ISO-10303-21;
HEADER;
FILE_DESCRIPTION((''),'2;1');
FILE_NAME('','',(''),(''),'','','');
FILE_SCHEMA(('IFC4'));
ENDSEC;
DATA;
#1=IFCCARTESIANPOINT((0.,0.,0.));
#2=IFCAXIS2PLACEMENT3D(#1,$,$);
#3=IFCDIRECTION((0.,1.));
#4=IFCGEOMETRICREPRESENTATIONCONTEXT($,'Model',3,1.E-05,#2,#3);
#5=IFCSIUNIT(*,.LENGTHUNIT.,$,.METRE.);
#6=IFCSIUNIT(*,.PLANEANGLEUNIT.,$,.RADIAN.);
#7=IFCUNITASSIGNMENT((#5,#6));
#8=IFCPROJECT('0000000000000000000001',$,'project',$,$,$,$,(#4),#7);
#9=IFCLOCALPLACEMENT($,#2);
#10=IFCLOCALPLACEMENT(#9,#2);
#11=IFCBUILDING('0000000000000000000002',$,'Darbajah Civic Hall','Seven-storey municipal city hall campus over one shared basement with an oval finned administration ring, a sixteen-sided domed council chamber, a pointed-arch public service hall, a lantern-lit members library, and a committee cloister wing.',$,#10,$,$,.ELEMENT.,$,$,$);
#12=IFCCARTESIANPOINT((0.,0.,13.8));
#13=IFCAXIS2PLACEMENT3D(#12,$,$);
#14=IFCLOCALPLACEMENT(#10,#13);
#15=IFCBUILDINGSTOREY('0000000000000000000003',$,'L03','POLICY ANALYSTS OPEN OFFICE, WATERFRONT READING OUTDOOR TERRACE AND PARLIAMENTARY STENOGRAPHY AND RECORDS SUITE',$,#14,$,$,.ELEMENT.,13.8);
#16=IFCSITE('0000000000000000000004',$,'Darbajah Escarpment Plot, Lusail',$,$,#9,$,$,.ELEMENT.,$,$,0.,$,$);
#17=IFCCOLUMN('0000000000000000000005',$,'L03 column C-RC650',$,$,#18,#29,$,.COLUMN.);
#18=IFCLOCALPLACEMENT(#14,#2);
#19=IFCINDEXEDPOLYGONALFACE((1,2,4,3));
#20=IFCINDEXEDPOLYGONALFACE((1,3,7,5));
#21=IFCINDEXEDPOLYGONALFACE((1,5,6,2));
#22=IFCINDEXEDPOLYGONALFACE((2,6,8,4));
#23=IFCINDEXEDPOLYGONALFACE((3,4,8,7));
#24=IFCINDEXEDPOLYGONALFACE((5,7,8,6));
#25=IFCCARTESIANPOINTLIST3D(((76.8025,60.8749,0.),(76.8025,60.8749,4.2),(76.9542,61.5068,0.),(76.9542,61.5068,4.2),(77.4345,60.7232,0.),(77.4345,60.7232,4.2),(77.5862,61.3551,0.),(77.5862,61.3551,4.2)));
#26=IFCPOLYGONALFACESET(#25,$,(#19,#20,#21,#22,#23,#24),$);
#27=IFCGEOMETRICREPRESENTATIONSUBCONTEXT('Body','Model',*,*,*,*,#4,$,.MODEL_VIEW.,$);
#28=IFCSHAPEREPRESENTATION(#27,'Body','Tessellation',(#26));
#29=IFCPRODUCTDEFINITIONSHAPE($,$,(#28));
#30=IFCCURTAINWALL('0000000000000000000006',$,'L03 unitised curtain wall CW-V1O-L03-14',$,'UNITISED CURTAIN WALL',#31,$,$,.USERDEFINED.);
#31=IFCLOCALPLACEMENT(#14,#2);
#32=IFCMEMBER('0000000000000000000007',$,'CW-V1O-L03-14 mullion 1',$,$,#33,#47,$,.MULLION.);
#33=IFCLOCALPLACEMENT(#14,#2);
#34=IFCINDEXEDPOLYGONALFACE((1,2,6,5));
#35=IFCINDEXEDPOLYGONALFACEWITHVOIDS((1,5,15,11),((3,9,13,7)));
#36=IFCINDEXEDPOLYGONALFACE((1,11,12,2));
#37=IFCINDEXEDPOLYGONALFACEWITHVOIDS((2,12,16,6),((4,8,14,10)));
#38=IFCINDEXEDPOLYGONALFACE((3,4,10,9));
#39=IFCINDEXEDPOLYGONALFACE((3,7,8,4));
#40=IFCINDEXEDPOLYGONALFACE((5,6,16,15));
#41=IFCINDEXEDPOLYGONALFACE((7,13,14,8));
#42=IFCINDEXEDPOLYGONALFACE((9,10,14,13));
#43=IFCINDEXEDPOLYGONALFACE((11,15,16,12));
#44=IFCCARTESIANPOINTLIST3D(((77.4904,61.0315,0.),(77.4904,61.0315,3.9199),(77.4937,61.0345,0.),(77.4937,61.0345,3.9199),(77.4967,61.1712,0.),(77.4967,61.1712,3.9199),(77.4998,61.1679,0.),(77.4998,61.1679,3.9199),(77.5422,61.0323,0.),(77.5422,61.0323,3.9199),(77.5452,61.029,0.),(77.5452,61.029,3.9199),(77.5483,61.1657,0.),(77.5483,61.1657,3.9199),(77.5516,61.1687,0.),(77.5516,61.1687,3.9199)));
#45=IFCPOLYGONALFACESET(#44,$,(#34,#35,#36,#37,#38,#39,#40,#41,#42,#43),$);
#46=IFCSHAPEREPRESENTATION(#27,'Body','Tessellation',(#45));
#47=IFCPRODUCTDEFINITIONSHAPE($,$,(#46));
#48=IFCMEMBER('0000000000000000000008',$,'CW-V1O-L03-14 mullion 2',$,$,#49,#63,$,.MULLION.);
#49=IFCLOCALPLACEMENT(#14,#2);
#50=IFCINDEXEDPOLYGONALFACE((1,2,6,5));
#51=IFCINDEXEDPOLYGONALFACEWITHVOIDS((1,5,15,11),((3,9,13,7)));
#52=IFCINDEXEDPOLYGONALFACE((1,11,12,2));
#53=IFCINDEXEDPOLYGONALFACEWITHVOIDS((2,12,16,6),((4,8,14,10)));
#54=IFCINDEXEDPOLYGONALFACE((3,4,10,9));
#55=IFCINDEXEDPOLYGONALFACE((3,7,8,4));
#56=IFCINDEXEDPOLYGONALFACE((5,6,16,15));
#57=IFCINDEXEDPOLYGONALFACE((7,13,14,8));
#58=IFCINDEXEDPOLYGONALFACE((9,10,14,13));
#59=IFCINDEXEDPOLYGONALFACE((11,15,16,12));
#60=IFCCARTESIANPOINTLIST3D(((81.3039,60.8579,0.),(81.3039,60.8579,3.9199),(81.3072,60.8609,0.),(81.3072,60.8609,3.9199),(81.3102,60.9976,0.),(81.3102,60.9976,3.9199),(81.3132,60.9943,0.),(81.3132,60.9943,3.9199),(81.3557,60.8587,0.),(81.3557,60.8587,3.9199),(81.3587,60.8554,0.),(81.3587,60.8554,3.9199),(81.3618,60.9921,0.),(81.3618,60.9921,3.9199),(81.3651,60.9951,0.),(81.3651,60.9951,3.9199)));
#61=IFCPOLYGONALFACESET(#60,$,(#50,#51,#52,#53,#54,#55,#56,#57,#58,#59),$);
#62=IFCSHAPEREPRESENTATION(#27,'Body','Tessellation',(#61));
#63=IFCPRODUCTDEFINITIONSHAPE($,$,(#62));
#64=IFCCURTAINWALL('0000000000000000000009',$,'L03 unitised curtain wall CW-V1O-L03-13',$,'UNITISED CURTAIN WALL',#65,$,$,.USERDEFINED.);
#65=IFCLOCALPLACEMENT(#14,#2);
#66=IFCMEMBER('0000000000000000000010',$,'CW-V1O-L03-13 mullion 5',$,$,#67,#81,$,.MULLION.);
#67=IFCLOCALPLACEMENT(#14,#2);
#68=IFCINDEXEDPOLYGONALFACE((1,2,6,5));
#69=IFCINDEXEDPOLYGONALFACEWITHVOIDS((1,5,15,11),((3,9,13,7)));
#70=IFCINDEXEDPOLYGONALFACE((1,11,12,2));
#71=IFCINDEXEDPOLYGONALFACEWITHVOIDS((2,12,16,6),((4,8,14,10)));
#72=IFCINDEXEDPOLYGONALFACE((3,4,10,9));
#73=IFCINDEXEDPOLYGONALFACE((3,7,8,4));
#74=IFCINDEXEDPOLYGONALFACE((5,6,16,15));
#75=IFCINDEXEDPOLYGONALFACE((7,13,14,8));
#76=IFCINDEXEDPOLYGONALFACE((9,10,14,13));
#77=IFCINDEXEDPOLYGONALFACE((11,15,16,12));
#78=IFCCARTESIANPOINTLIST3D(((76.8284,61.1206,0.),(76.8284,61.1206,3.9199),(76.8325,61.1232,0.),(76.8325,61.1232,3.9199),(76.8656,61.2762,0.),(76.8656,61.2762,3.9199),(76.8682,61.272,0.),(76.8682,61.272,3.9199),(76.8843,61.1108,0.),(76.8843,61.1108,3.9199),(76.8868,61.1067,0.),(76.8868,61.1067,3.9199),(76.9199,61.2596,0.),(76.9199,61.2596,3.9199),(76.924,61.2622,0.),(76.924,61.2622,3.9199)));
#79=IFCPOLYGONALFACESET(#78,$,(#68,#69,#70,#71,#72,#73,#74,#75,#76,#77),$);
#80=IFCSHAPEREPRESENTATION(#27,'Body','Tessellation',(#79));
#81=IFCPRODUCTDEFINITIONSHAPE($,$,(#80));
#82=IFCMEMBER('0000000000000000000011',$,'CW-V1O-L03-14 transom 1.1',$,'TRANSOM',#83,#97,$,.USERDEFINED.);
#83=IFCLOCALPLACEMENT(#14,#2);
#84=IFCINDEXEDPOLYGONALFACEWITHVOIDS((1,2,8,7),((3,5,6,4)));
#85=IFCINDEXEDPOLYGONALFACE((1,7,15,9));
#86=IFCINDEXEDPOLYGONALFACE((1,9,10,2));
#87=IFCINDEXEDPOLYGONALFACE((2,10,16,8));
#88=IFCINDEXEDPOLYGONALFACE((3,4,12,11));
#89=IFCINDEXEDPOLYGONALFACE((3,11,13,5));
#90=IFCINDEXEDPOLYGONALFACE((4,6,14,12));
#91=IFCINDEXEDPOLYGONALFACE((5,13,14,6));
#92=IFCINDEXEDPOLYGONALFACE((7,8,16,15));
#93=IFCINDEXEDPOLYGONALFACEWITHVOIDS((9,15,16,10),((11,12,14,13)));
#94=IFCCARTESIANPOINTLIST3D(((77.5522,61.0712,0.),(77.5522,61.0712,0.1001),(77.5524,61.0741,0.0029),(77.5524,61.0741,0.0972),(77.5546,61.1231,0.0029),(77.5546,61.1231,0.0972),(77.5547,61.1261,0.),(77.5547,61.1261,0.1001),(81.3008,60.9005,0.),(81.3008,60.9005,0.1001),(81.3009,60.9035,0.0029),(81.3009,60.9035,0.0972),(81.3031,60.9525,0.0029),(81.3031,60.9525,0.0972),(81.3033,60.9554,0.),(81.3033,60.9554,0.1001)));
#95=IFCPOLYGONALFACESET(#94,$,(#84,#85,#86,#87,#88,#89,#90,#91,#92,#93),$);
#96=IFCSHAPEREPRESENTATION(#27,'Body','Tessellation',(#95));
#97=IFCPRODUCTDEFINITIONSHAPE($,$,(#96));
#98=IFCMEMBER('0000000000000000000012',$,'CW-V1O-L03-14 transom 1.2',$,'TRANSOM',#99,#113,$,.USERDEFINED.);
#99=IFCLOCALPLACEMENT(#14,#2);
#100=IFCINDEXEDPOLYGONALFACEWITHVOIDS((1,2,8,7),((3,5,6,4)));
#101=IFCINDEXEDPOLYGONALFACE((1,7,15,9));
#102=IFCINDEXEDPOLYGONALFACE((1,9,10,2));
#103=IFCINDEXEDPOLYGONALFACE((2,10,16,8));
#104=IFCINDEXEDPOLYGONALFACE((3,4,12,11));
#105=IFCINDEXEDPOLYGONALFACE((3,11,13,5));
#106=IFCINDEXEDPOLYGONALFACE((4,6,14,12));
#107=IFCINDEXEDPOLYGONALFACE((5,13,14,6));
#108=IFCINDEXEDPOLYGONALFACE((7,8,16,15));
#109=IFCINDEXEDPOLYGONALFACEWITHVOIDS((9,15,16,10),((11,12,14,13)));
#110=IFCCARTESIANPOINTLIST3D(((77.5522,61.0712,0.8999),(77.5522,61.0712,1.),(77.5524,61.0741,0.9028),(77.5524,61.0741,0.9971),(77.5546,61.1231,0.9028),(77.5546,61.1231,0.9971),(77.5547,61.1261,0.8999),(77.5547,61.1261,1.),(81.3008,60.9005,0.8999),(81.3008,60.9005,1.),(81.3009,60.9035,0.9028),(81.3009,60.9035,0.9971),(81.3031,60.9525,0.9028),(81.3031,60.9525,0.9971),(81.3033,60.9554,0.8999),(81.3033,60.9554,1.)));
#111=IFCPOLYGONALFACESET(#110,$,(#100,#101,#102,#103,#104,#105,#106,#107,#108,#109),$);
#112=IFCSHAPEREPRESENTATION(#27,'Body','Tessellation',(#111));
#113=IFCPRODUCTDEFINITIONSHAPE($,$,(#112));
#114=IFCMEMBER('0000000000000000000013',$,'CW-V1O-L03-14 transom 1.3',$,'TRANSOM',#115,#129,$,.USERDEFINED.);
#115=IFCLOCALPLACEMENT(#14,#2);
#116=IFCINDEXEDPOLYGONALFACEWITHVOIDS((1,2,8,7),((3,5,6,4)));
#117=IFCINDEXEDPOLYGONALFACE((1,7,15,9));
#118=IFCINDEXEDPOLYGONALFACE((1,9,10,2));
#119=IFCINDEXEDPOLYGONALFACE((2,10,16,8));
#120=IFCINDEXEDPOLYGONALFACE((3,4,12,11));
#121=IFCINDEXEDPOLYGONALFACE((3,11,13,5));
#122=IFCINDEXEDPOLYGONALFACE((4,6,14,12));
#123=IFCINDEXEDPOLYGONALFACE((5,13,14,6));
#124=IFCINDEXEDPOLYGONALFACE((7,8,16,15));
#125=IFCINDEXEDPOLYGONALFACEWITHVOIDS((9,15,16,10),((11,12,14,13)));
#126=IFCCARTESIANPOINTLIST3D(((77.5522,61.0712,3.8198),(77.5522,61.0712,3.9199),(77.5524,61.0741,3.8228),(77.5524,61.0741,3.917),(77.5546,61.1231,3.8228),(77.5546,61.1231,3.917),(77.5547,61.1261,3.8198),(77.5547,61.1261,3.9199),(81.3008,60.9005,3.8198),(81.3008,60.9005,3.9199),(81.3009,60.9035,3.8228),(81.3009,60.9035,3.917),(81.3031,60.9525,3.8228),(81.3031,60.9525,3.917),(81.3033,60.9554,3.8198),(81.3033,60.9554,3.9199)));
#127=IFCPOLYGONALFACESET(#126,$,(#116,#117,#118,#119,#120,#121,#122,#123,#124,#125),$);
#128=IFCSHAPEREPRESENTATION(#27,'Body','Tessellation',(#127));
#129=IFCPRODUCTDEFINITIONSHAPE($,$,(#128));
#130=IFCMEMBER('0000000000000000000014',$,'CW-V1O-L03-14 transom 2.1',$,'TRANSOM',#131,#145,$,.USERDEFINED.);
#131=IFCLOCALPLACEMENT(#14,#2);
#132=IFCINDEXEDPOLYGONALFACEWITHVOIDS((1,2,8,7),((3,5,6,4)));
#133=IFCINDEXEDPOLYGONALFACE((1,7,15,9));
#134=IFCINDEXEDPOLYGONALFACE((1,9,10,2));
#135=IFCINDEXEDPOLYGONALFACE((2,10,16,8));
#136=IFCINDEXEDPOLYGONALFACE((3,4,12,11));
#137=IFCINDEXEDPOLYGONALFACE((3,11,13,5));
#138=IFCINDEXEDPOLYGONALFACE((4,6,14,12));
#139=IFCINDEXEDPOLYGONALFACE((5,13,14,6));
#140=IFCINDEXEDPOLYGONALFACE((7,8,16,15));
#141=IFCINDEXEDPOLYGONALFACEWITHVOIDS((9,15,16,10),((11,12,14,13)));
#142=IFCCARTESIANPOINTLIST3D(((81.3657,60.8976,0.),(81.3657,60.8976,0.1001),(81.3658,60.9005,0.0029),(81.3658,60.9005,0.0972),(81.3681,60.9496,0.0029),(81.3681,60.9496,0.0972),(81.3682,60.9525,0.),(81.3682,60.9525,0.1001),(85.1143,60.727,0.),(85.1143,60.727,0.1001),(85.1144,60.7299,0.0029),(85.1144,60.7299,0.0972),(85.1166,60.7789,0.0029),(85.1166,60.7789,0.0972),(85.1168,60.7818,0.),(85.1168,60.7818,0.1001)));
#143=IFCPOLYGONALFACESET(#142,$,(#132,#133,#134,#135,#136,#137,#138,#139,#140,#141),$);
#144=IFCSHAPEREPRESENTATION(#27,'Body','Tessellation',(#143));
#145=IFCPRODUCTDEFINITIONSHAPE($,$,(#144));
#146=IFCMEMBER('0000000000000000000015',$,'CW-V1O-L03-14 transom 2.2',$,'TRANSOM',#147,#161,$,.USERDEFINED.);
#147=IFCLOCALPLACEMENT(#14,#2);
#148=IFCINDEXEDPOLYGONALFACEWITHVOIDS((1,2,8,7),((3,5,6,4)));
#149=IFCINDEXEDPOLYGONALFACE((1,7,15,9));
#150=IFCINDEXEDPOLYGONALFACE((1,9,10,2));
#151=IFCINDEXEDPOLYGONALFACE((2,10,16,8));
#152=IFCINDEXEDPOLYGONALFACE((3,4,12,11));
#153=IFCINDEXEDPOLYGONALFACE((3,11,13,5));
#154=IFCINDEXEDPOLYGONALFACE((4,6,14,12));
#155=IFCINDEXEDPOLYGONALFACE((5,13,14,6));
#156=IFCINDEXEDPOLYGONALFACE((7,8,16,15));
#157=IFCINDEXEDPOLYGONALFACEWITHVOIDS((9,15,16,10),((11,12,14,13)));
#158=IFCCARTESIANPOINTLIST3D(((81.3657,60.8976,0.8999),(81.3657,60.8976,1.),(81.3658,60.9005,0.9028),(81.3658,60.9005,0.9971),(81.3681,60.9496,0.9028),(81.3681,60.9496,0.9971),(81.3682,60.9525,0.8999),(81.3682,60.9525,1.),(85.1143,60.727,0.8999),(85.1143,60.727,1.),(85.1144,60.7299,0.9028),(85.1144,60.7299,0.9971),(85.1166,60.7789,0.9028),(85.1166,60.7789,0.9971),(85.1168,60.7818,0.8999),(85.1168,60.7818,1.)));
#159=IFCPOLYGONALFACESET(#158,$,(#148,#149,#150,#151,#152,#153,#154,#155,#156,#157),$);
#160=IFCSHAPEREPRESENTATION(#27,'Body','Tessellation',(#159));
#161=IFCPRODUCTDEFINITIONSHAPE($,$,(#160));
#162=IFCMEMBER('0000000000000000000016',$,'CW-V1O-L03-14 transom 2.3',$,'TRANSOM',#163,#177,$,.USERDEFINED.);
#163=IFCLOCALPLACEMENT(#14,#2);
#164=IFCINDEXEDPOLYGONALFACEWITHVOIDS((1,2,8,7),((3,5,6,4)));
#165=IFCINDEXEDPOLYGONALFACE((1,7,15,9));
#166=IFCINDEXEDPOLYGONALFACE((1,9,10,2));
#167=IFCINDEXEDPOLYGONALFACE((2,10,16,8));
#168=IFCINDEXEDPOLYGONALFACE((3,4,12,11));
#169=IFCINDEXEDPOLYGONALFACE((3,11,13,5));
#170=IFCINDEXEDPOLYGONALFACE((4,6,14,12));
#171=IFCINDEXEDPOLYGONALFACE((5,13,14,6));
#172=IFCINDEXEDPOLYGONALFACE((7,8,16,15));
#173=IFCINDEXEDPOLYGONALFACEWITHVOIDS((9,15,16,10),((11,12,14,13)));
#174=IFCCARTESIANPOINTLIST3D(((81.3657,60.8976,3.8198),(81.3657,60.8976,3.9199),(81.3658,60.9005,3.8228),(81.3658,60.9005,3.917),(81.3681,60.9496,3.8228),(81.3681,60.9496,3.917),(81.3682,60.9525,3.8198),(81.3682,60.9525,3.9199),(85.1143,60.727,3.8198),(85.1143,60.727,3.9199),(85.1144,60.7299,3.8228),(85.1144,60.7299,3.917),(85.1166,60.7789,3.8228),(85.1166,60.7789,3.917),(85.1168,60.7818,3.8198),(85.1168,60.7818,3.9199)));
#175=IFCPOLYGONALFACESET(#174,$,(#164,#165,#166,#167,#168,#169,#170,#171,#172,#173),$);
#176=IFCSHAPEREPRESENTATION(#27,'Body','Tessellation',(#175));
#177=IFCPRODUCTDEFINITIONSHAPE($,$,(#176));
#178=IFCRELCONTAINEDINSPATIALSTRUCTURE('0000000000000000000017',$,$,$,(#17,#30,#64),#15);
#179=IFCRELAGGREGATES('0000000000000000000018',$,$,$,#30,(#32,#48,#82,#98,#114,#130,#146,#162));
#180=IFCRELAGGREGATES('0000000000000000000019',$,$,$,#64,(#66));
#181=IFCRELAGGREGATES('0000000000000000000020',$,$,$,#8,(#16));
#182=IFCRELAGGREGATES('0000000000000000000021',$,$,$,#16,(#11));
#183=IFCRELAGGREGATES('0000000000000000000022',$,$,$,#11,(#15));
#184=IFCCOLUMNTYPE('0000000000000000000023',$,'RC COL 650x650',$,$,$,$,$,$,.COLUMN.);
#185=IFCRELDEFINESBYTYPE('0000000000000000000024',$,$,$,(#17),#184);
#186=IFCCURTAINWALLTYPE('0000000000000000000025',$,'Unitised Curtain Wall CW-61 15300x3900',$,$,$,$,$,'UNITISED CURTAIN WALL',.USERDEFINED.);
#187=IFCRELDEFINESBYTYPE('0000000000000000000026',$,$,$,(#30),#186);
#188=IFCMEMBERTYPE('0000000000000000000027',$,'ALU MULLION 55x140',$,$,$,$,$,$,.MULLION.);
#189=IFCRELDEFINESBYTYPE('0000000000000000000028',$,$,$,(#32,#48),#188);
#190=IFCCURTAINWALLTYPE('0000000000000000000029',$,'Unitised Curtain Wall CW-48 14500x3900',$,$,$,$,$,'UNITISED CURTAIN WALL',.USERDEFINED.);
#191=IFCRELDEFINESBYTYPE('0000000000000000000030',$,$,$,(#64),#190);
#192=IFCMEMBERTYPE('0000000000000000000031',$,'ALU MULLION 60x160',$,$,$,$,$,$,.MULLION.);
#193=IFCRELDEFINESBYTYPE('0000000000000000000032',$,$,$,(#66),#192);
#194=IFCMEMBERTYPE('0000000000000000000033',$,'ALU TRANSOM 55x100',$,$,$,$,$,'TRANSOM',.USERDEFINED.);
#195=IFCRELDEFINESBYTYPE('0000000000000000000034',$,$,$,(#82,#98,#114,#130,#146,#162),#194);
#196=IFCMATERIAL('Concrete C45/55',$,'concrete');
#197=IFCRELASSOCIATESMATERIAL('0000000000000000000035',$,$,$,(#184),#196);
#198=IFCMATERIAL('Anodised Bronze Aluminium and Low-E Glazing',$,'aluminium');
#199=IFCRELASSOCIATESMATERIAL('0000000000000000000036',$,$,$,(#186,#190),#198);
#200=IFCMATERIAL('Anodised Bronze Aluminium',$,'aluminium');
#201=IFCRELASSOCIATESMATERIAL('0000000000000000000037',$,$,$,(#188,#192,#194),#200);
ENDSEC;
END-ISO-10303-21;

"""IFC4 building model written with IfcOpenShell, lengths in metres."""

from ifc_helpers import new_model, si_unit, direction, frame, origin, origin_2d, place, context, subcontext, project, spatial, rectangle, hollow_rectangle, extrude, material, material_profile, profile_set, type_object, element, aggregate, save


model = new_model("IFC4")

# Units and contexts
model_context = context("Model", 3, precision=1e-05, world=origin(), true_north=direction((0.0, 1.0)))
body_context = subcontext(model_context, "Body", "Model", "MODEL_VIEW")
ifc_project = project(units=[si_unit("LENGTHUNIT", "METRE"), si_unit("PLANEANGLEUNIT", "RADIAN")], contexts=[model_context])

# Site, building, storey
site_placement = place(None, origin())
site = spatial("IfcSite", under=ifc_project, at=site_placement, Name="Darbajah Escarpment Plot, Lusail", CompositionType="ELEMENT", RefElevation=0.0)
building_placement = place(site_placement, origin())
building = spatial("IfcBuilding", under=site, at=building_placement, Name="Darbajah Civic Hall", Description="Seven-storey municipal city hall campus over one shared basement with an oval finned administration ring, a sixteen-sided domed council chamber, a pointed-arch public service hall, a lantern-lit members library, and a committee cloister wing.", CompositionType="ELEMENT")
storey_placement = place(building_placement, frame((0.0, 0.0, 13.8)))
storey = spatial("IfcBuildingStorey", under=building, at=storey_placement, Name="L03", Description="POLICY ANALYSTS OPEN OFFICE, WATERFRONT READING OUTDOOR TERRACE AND PARLIAMENTARY STENOGRAPHY AND RECORDS SUITE", CompositionType="ELEMENT", Elevation=13.8)

# Column
ifc_material_1 = material(Name="Concrete C45/55", Category="concrete")
ifc_material_profile_1 = material_profile(ifc_material_1, rectangle(XDim=0.6499, YDim=0.6499, at=origin_2d()), Name="RC COL 650x650")
ifc_profile_set_1 = profile_set([ifc_material_profile_1], Name="Concrete C45/55")
column_type = type_object("IfcColumnType", Name="RC COL 650x650", PredefinedType="COLUMN", material=ifc_profile_set_1)
column_placement = place(storey_placement, frame((77.1943, 61.115, 0.0), z_axis=(0.0, 0.0, 1.0), x_axis=(-0.233445, -0.97237, 0.0)))
element("IfcColumn", 1, at=column_placement, inside=storey, type_object=column_type, Name="L03 column C-RC650", PredefinedType="COLUMN", context=body_context, shape_type="SweptSolid", body=[
    extrude(rectangle(XDim=0.6499, YDim=0.6499, at=origin_2d()), origin(), (0.0, 0.0, 1.0), 4.2),
])

# Curtain wall, members
ifc_material_2 = material(Name="Anodised Bronze Aluminium and Low-E Glazing", Category="aluminium")
curtain_wall_type_1 = type_object("IfcCurtainWallType", Name="Unitised Curtain Wall CW-61 15300x3900", ElementType="UNITISED CURTAIN WALL", PredefinedType="USERDEFINED", material=ifc_material_2)
curtain_wall_1_placement = place(storey_placement, origin())
curtain_wall_1 = element("IfcCurtainWall", 2, at=curtain_wall_1_placement, inside=storey, type_object=curtain_wall_type_1, Name="L03 unitised curtain wall CW-V1O-L03-14", ObjectType="UNITISED CURTAIN WALL", PredefinedType="USERDEFINED")
ifc_material_3 = material(Name="Anodised Bronze Aluminium", Category="aluminium")
ifc_material_profile_2 = material_profile(ifc_material_3, hollow_rectangle(XDim=0.0549, YDim=0.1399, WallThickness=0.0032, at=origin_2d()), Name="ALU MULLION 55x140")
ifc_profile_set_2 = profile_set([ifc_material_profile_2], Name="Anodised Bronze Aluminium")
member_type_1 = type_object("IfcMemberType", Name="ALU MULLION 55x140", PredefinedType="MULLION", material=ifc_profile_set_2)
member_1_placement = place(storey_placement, frame((77.521, 61.1001, 0.0), z_axis=(0.0, 0.0, 1.0), x_axis=(0.998963, -0.045537, 0.0)))
member_1 = element("IfcMember", 3, at=member_1_placement, type_object=member_type_1, Name="CW-V1O-L03-14 mullion 1", PredefinedType="MULLION", context=body_context, shape_type="SweptSolid", body=[
    extrude(hollow_rectangle(XDim=0.0549, YDim=0.1399, WallThickness=0.0032, at=origin_2d()), origin(), (0.0, 0.0, 1.0), 3.9199),
])
member_2_placement = place(storey_placement, frame((81.3345, 60.9265, 0.0), z_axis=(0.0, 0.0, 1.0), x_axis=(0.998963, -0.045537, 0.0)))
member_2 = element("IfcMember", 4, at=member_2_placement, type_object=member_type_1, Name="CW-V1O-L03-14 mullion 2", PredefinedType="MULLION", context=body_context, shape_type="SweptSolid", body=[
    extrude(hollow_rectangle(XDim=0.0549, YDim=0.1399, WallThickness=0.0032, at=origin_2d()), origin(), (0.0, 0.0, 1.0), 3.9199),
])

# Curtain wall, member
curtain_wall_type_2 = type_object("IfcCurtainWallType", Name="Unitised Curtain Wall CW-48 14500x3900", ElementType="UNITISED CURTAIN WALL", PredefinedType="USERDEFINED", material=ifc_material_2)
curtain_wall_2_placement = place(storey_placement, origin())
curtain_wall_2 = element("IfcCurtainWall", 5, at=curtain_wall_2_placement, inside=storey, type_object=curtain_wall_type_2, Name="L03 unitised curtain wall CW-V1O-L03-13", ObjectType="UNITISED CURTAIN WALL", PredefinedType="USERDEFINED")
ifc_material_profile_3 = material_profile(ifc_material_3, hollow_rectangle(XDim=0.0601, YDim=0.1599, WallThickness=0.0034, at=origin_2d()), Name="ALU MULLION 60x160")
ifc_profile_set_3 = profile_set([ifc_material_profile_3], Name="Anodised Bronze Aluminium")
member_type_2 = type_object("IfcMemberType", Name="ALU MULLION 60x160", PredefinedType="MULLION", material=ifc_profile_set_3)
member_3_placement = place(storey_placement, frame((76.8762, 61.1914, 0.0), z_axis=(0.0, 0.0, 1.0), x_axis=(0.972492, -0.232936, 0.0)))
member_3 = element("IfcMember", 6, at=member_3_placement, type_object=member_type_2, Name="CW-V1O-L03-13 mullion 5", PredefinedType="MULLION", context=body_context, shape_type="SweptSolid", body=[
    extrude(hollow_rectangle(XDim=0.0601, YDim=0.1599, WallThickness=0.0034, at=origin_2d()), origin(), (0.0, 0.0, 1.0), 3.9199),
])

# Members
ifc_material_profile_4 = material_profile(ifc_material_3, hollow_rectangle(XDim=0.0549, YDim=0.1001, WallThickness=0.0029, at=origin_2d()), Name="ALU TRANSOM 55x100")
ifc_profile_set_4 = profile_set([ifc_material_profile_4], Name="Anodised Bronze Aluminium")
member_type_3 = type_object("IfcMemberType", Name="ALU TRANSOM 55x100", ElementType="TRANSOM", PredefinedType="USERDEFINED", material=ifc_profile_set_4)
member_4_placement = place(storey_placement, frame((77.5535, 61.0986, 0.05), z_axis=(0.998965, -0.045478, 0.0), x_axis=(0.045478, 0.998965, 0.0)))
member_4 = element("IfcMember", 7, at=member_4_placement, type_object=member_type_3, Name="CW-V1O-L03-14 transom 1.1", ObjectType="TRANSOM", PredefinedType="USERDEFINED", context=body_context, shape_type="SweptSolid", body=[
    extrude(hollow_rectangle(XDim=0.0549, YDim=0.1001, WallThickness=0.0029, at=origin_2d()), origin(), (0.0, 0.0, 1.0), 3.7524),
])
member_5_placement = place(storey_placement, frame((77.5535, 61.0986, 0.95), z_axis=(0.998965, -0.045478, 0.0), x_axis=(0.045478, 0.998965, 0.0)))
member_5 = element("IfcMember", 8, at=member_5_placement, type_object=member_type_3, Name="CW-V1O-L03-14 transom 1.2", ObjectType="TRANSOM", PredefinedType="USERDEFINED", context=body_context, shape_type="SweptSolid", body=[
    extrude(hollow_rectangle(XDim=0.0549, YDim=0.1001, WallThickness=0.0029, at=origin_2d()), origin(), (0.0, 0.0, 1.0), 3.7524),
])
member_6_placement = place(storey_placement, frame((77.5535, 61.0986, 3.8699), z_axis=(0.998965, -0.045478, 0.0), x_axis=(0.045478, 0.998965, 0.0)))
member_6 = element("IfcMember", 9, at=member_6_placement, type_object=member_type_3, Name="CW-V1O-L03-14 transom 1.3", ObjectType="TRANSOM", PredefinedType="USERDEFINED", context=body_context, shape_type="SweptSolid", body=[
    extrude(hollow_rectangle(XDim=0.0549, YDim=0.1001, WallThickness=0.0029, at=origin_2d()), origin(), (0.0, 0.0, 1.0), 3.7524),
])
member_7_placement = place(storey_placement, frame((81.3669, 60.925, 0.05), z_axis=(0.998965, -0.045478, 0.0), x_axis=(0.045478, 0.998965, 0.0)))
member_7 = element("IfcMember", 10, at=member_7_placement, type_object=member_type_3, Name="CW-V1O-L03-14 transom 2.1", ObjectType="TRANSOM", PredefinedType="USERDEFINED", context=body_context, shape_type="SweptSolid", body=[
    extrude(hollow_rectangle(XDim=0.0549, YDim=0.1001, WallThickness=0.0029, at=origin_2d()), origin(), (0.0, 0.0, 1.0), 3.7524),
])
member_8_placement = place(storey_placement, frame((81.3669, 60.925, 0.95), z_axis=(0.998965, -0.045478, 0.0), x_axis=(0.045478, 0.998965, 0.0)))
member_8 = element("IfcMember", 11, at=member_8_placement, type_object=member_type_3, Name="CW-V1O-L03-14 transom 2.2", ObjectType="TRANSOM", PredefinedType="USERDEFINED", context=body_context, shape_type="SweptSolid", body=[
    extrude(hollow_rectangle(XDim=0.0549, YDim=0.1001, WallThickness=0.0029, at=origin_2d()), origin(), (0.0, 0.0, 1.0), 3.7524),
])
member_9_placement = place(storey_placement, frame((81.3669, 60.925, 3.8699), z_axis=(0.998965, -0.045478, 0.0), x_axis=(0.045478, 0.998965, 0.0)))
member_9 = element("IfcMember", 12, at=member_9_placement, type_object=member_type_3, Name="CW-V1O-L03-14 transom 2.3", ObjectType="TRANSOM", PredefinedType="USERDEFINED", context=body_context, shape_type="SweptSolid", body=[
    extrude(hollow_rectangle(XDim=0.0549, YDim=0.1001, WallThickness=0.0029, at=origin_2d()), origin(), (0.0, 0.0, 1.0), 3.7524),
])

aggregate(curtain_wall_1, [member_1, member_2, member_4, member_5, member_6, member_7, member_8, member_9])
aggregate(curtain_wall_2, [member_3])

save(model, "model.ifc")
